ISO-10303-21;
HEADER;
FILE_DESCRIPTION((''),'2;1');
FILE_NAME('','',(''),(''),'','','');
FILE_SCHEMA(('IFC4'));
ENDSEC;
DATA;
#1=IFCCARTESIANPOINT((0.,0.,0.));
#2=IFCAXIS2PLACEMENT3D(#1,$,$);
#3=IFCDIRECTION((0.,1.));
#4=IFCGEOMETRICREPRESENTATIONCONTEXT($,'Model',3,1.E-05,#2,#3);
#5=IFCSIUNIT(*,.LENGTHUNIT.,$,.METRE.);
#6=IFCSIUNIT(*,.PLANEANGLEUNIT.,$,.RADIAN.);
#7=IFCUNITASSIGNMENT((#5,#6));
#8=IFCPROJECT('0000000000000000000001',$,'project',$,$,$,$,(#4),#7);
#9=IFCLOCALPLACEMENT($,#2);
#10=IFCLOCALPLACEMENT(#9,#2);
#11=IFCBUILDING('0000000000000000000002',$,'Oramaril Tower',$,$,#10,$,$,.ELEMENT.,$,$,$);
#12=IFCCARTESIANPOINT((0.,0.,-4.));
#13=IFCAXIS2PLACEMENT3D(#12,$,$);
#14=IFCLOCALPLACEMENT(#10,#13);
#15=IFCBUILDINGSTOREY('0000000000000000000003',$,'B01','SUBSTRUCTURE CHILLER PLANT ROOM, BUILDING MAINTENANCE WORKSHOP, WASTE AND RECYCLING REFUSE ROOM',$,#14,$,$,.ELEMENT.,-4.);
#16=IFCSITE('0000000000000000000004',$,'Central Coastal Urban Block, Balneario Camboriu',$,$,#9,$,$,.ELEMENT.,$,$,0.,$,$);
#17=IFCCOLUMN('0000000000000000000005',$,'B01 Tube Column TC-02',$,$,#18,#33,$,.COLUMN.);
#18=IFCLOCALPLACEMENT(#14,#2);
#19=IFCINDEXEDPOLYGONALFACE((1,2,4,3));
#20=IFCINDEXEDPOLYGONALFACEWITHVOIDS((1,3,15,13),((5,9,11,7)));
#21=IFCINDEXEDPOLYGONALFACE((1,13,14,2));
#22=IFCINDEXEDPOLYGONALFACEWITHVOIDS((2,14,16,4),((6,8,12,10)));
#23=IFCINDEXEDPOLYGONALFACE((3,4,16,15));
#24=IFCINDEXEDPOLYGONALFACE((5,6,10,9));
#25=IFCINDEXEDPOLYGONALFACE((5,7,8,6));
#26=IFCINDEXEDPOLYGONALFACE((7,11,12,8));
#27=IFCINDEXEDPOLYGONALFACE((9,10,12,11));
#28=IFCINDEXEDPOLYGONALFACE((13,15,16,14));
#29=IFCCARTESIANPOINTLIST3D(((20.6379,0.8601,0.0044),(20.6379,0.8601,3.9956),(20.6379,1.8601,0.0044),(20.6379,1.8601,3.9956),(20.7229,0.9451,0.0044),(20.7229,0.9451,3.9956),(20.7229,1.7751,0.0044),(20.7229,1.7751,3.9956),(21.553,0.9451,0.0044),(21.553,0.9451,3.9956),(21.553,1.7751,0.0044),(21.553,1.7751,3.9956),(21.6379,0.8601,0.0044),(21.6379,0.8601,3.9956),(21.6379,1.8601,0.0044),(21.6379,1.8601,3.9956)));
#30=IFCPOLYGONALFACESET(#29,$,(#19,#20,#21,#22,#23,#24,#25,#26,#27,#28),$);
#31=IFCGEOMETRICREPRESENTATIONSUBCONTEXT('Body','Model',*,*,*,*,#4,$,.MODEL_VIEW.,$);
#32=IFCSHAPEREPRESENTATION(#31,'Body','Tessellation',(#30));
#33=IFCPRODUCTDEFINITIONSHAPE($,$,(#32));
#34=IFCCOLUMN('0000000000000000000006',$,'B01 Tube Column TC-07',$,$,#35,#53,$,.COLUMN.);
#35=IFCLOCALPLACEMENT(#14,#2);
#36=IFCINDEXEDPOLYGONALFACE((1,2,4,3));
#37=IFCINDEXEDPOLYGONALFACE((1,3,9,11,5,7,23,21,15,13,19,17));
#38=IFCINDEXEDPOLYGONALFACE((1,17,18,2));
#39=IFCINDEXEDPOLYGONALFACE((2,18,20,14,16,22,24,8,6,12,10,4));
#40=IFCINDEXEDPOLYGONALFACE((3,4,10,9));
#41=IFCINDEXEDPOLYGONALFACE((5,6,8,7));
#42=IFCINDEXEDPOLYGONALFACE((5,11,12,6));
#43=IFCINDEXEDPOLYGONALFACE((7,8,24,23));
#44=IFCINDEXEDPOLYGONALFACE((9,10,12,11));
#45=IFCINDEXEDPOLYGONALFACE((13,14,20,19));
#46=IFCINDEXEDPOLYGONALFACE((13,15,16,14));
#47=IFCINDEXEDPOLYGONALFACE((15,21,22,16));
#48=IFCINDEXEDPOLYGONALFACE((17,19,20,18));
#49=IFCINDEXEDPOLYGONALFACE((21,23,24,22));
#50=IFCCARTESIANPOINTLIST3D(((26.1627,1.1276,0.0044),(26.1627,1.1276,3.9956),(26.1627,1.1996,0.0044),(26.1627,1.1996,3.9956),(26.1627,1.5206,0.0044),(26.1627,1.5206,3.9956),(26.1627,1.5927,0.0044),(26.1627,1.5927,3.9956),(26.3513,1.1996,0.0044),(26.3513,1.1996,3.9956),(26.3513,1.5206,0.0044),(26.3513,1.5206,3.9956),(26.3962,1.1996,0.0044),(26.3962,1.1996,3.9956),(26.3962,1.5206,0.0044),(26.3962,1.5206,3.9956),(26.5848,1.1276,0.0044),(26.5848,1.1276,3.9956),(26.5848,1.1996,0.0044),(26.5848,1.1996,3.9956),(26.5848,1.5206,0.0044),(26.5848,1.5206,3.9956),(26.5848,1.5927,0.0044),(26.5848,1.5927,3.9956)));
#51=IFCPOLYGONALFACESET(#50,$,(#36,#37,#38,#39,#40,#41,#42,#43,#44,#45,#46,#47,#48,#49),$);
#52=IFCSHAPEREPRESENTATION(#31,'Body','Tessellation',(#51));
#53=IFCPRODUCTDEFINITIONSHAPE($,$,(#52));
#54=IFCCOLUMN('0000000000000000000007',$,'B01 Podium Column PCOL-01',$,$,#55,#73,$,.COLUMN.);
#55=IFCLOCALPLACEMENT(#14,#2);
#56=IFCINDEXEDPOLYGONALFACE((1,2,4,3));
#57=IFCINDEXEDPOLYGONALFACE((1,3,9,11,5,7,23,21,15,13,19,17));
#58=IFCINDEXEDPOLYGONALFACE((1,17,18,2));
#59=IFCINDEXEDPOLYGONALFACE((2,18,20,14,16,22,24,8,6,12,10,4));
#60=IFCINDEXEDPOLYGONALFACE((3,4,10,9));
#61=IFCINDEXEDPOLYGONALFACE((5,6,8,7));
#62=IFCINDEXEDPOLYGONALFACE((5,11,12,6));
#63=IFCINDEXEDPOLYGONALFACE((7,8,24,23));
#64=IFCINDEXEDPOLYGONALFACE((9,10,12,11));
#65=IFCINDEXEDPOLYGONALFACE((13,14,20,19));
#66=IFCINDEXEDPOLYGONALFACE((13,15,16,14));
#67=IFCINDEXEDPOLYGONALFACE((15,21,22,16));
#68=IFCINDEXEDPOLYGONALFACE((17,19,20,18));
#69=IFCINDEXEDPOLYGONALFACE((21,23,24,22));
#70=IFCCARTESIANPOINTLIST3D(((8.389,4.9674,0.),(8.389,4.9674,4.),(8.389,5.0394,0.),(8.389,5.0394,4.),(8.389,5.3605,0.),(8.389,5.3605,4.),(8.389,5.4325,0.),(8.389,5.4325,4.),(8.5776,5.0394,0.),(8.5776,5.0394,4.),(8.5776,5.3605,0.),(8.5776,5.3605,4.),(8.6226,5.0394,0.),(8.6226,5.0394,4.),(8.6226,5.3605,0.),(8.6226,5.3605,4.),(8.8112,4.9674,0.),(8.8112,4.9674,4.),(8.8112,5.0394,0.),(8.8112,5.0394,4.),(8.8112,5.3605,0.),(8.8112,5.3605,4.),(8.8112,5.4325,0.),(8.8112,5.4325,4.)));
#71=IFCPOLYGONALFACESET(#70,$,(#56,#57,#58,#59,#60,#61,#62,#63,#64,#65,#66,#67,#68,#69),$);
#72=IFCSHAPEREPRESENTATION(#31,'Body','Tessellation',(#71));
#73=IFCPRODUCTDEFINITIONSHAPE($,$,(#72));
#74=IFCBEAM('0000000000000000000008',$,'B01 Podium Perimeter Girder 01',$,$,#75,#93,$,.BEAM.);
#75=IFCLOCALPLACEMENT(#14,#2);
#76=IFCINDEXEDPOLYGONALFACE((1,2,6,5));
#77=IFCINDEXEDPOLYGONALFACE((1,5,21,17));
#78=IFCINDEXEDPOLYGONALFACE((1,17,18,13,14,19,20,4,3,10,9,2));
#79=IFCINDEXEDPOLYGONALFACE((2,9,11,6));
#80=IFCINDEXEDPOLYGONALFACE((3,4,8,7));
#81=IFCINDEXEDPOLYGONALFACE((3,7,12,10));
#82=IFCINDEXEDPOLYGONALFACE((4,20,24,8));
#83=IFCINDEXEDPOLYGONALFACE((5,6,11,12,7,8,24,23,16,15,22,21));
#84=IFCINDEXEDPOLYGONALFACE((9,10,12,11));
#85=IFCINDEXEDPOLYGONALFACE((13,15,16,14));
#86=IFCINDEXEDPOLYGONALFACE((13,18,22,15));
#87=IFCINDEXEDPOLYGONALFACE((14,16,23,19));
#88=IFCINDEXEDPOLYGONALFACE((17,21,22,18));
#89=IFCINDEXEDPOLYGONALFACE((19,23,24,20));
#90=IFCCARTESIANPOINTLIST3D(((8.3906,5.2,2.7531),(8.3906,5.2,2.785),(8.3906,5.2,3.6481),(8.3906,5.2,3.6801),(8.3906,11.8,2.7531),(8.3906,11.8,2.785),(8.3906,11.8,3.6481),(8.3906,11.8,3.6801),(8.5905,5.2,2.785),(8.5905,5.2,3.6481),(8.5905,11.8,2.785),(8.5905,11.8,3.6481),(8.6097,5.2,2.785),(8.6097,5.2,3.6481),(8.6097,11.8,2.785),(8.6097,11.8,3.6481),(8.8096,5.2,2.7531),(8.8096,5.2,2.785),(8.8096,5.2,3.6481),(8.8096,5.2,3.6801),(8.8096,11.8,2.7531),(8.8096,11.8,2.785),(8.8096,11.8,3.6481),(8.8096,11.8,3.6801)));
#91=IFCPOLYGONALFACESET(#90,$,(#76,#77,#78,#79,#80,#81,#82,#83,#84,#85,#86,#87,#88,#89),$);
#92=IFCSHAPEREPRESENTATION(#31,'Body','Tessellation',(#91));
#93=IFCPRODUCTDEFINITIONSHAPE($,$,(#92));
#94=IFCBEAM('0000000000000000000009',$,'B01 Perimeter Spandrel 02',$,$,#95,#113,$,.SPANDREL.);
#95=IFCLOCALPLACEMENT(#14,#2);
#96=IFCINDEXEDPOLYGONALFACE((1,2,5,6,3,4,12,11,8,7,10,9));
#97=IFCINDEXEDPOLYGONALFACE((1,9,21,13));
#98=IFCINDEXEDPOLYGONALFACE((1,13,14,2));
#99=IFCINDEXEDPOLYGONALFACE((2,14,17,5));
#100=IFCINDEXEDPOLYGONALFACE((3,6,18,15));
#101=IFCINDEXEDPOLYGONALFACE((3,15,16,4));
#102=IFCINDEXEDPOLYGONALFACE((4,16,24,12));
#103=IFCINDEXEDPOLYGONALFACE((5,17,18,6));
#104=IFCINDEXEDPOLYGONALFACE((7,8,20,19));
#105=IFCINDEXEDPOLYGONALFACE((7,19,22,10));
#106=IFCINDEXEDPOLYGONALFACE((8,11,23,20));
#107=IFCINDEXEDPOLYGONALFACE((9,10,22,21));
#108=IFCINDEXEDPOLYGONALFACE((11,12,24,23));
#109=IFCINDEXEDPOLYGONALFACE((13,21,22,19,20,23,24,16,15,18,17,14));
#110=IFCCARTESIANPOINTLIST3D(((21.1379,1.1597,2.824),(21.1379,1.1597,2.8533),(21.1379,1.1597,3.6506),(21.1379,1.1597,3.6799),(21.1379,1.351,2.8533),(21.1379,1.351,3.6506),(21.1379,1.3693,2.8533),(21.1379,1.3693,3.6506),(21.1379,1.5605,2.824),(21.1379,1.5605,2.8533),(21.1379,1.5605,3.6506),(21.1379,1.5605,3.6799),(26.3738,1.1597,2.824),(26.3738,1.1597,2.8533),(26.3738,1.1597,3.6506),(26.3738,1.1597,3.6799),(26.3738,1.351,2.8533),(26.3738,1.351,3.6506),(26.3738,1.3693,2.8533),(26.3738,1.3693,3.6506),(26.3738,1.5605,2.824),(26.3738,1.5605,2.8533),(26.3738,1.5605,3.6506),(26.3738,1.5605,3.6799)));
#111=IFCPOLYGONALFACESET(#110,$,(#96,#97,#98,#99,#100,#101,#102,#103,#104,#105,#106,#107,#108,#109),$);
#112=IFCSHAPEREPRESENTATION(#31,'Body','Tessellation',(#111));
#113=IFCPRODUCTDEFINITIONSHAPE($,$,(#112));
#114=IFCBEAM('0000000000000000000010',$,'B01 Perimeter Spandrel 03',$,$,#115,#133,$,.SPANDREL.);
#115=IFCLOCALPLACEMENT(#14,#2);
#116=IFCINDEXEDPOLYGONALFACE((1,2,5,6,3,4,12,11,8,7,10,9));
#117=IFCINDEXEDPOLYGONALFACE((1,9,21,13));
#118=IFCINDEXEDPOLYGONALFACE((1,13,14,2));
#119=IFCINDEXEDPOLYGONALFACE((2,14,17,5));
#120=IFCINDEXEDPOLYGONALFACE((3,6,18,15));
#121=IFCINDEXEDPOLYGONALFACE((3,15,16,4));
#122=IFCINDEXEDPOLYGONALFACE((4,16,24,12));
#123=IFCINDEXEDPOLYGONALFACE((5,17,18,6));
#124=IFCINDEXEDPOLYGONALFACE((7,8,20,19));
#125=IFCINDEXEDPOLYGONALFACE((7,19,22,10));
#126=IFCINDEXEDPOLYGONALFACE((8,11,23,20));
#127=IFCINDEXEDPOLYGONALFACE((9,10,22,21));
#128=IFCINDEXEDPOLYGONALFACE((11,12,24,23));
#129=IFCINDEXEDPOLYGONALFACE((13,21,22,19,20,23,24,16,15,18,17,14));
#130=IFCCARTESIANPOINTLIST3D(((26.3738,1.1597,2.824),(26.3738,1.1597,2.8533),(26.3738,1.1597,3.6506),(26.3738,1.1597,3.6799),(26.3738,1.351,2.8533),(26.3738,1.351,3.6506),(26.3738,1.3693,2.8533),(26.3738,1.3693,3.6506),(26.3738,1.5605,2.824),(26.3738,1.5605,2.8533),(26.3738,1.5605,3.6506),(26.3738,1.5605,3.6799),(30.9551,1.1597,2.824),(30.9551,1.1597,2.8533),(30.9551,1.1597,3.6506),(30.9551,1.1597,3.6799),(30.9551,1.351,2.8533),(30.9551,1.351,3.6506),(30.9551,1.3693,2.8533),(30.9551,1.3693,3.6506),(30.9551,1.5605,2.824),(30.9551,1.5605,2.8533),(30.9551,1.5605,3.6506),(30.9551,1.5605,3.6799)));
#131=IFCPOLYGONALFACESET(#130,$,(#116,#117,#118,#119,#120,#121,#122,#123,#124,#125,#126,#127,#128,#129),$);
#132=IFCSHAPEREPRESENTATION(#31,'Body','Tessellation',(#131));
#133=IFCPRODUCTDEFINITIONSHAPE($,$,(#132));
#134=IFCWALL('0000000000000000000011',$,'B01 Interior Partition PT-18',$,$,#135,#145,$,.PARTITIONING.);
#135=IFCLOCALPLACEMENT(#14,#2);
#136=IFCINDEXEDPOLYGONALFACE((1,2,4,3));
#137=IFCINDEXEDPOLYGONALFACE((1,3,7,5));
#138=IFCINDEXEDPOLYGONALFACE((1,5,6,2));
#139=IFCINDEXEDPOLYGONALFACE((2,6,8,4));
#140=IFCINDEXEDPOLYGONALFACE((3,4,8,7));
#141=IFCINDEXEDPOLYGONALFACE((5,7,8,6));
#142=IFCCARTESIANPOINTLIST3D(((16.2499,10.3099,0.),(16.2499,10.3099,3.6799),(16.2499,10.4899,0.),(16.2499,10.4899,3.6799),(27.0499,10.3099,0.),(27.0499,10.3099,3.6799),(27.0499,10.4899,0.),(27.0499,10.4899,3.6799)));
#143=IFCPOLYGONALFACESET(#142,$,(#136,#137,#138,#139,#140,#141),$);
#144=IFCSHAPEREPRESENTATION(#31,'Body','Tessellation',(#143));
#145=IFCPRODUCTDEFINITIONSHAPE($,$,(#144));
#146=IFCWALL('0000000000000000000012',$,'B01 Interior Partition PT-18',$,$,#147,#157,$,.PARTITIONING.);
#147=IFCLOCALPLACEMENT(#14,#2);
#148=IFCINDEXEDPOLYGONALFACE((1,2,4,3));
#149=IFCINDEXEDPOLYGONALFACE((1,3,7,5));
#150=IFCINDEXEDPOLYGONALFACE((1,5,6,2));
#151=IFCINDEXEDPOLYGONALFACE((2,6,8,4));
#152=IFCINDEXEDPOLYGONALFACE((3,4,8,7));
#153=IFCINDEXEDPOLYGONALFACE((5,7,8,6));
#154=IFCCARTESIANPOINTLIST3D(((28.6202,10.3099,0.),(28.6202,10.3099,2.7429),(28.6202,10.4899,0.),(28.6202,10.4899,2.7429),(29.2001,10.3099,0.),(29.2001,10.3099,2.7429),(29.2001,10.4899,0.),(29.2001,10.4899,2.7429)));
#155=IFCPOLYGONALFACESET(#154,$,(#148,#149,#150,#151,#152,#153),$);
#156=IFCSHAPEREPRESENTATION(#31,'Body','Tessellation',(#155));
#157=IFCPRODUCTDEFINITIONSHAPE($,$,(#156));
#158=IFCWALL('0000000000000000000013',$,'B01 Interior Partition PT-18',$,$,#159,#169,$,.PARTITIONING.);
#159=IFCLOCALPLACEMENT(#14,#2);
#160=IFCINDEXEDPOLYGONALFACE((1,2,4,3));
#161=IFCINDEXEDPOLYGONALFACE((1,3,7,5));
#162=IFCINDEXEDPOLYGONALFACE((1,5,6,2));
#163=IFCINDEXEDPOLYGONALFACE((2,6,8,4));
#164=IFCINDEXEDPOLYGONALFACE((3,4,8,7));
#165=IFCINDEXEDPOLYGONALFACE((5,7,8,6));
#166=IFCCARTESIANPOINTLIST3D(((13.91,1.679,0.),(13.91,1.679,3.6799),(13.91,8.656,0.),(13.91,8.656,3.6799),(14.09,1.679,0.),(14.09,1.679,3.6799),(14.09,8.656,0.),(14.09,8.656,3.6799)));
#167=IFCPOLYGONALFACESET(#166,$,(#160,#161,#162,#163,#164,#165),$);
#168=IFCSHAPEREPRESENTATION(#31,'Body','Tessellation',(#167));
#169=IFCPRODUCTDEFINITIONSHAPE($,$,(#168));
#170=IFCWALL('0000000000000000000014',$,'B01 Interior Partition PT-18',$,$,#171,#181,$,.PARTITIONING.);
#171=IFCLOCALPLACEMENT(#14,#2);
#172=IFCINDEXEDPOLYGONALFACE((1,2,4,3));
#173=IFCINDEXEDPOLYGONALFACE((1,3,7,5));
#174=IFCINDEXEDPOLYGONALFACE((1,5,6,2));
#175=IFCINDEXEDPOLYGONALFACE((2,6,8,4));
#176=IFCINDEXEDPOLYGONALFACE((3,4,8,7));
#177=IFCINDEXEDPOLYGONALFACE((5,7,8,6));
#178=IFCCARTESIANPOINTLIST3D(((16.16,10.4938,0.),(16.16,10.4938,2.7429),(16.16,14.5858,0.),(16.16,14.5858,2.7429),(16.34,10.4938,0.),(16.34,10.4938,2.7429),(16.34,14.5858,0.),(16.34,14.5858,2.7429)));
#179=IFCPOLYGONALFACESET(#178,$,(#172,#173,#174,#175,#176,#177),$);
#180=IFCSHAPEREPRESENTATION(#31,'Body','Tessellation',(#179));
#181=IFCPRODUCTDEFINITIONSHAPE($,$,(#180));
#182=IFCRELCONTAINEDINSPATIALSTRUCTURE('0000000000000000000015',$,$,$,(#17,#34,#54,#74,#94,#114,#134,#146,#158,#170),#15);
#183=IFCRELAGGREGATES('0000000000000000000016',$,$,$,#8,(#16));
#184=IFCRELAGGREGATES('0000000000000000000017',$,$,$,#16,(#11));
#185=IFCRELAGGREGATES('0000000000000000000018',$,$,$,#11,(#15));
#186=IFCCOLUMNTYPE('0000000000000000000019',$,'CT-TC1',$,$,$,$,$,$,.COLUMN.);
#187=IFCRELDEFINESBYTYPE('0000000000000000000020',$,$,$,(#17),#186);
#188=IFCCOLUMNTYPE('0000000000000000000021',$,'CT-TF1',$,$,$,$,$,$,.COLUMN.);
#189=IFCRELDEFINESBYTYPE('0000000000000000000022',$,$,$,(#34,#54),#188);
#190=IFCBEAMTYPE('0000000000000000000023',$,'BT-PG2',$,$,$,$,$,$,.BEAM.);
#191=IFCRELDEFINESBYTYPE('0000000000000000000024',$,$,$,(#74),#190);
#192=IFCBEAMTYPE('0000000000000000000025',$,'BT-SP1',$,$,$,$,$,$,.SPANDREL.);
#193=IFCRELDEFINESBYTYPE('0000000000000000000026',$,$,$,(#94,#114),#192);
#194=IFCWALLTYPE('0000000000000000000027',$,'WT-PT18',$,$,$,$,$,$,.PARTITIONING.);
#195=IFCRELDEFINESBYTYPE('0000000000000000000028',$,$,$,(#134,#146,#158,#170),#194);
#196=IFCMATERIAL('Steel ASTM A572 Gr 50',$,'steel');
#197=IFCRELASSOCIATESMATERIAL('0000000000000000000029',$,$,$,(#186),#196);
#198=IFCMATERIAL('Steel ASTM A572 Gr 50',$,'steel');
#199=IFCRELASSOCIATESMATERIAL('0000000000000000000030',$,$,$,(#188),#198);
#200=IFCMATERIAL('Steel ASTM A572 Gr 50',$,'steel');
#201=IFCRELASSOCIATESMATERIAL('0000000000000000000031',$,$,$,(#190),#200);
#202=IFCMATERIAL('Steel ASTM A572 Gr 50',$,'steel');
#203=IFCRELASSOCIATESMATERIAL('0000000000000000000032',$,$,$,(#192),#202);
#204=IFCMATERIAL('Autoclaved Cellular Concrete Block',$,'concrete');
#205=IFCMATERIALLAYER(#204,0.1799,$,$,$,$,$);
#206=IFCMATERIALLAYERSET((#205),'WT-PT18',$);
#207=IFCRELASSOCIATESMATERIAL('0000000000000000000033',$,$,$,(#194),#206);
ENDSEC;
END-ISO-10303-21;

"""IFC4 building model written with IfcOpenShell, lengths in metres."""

from ifc_helpers import new_model, si_unit, direction, frame, frame_2d, origin, origin_2d, place, context, subcontext, project, spatial, rectangle, hollow_rectangle, i_section, extrude, material, layer, layer_set, material_profile, profile_set, type_object, element, save


model = new_model("IFC4")

# Units and contexts
model_context = context("Model", 3, precision=1e-05, world=origin(), true_north=direction((0.0, 1.0)))
body_context = subcontext(model_context, "Body", "Model", "MODEL_VIEW")
ifc_project = project(units=[si_unit("LENGTHUNIT", "METRE"), si_unit("PLANEANGLEUNIT", "RADIAN")], contexts=[model_context])

# Site, building, storey
site_placement = place(None, origin())
site = spatial("IfcSite", under=ifc_project, at=site_placement, Name="Central Coastal Urban Block, Balneario Camboriu", CompositionType="ELEMENT", RefElevation=0.0)
building_placement = place(site_placement, origin())
building = spatial("IfcBuilding", under=site, at=building_placement, Name="Oramaril Tower", CompositionType="ELEMENT")
storey_placement = place(building_placement, frame((0.0, 0.0, -4.0)))
storey = spatial("IfcBuildingStorey", under=building, at=storey_placement, Name="B01", Description="SUBSTRUCTURE CHILLER PLANT ROOM, BUILDING MAINTENANCE WORKSHOP, WASTE AND RECYCLING REFUSE ROOM", CompositionType="ELEMENT", Elevation=-4.0)

# Columns
ifc_material_1 = material(Name="Steel ASTM A572 Gr 50", Category="steel")
ifc_material_profile_1 = material_profile(ifc_material_1, hollow_rectangle(XDim=1.0, YDim=1.0, WallThickness=0.085, at=origin_2d()), Name="BOX1000X1000X85")
ifc_profile_set_1 = profile_set([ifc_material_profile_1], Name="Steel ASTM A572 Gr 50")
column_type_1 = type_object("IfcColumnType", Name="CT-TC1", PredefinedType="COLUMN", material=ifc_profile_set_1)
column_1_placement = place(storey_placement, frame((21.1379, 1.3601, 0.0044), z_axis=(0.0, 0.0, 1.0), x_axis=(1.0, 0.0, 0.0)))
element("IfcColumn", 1, at=column_1_placement, inside=storey, type_object=column_type_1, Name="B01 Tube Column TC-02", PredefinedType="COLUMN", context=body_context, shape_type="SweptSolid", body=[
    extrude(hollow_rectangle(XDim=1.0, YDim=1.0, WallThickness=0.085, at=origin_2d()), origin(), (0.0, 0.0, 1.0), 3.9912),
])
ifc_material_2 = material(Name="Steel ASTM A572 Gr 50", Category="steel")
ifc_material_profile_2 = material_profile(ifc_material_2, i_section(OverallWidth=0.4221, OverallDepth=0.4651, WebThickness=0.0449, FlangeThickness=0.072, at=origin_2d()), Name="W14X398")
ifc_profile_set_2 = profile_set([ifc_material_profile_2], Name="Steel ASTM A572 Gr 50")
column_type_2 = type_object("IfcColumnType", Name="CT-TF1", PredefinedType="COLUMN", material=ifc_profile_set_2)
column_2_placement = place(storey_placement, frame((26.3738, 1.3601, 0.0044), z_axis=(0.0, 0.0, 1.0), x_axis=(1.0, 0.0, 0.0)))
element("IfcColumn", 2, at=column_2_placement, inside=storey, type_object=column_type_2, Name="B01 Tube Column TC-07", PredefinedType="COLUMN", context=body_context, shape_type="SweptSolid", body=[
    extrude(i_section(OverallWidth=0.4221, OverallDepth=0.4651, WebThickness=0.0449, FlangeThickness=0.072, at=origin_2d()), origin(), (0.0, 0.0, 1.0), 3.9912),
])
column_3_placement = place(storey_placement, frame((8.6001, 5.2, 0.0), z_axis=(0.0, 0.0, 1.0), x_axis=(1.0, 0.0, 0.0)))
element("IfcColumn", 3, at=column_3_placement, inside=storey, type_object=column_type_2, Name="B01 Podium Column PCOL-01", PredefinedType="COLUMN", context=body_context, shape_type="SweptSolid", body=[
    extrude(i_section(OverallWidth=0.4221, OverallDepth=0.4651, WebThickness=0.0449, FlangeThickness=0.072, at=origin_2d()), origin(), (0.0, 0.0, 1.0), 4.0),
])

# Beams
ifc_material_3 = material(Name="Steel ASTM A572 Gr 50", Category="steel")
ifc_material_profile_3 = material_profile(ifc_material_3, i_section(OverallWidth=0.4189, OverallDepth=0.927, WebThickness=0.0193, FlangeThickness=0.032, at=origin_2d()), Name="W36X231")
ifc_profile_set_3 = profile_set([ifc_material_profile_3], Name="Steel ASTM A572 Gr 50")
beam_type_1 = type_object("IfcBeamType", Name="BT-PG2", PredefinedType="BEAM", material=ifc_profile_set_3)
beam_1_placement = place(storey_placement, frame((8.6001, 5.2, 3.2166), z_axis=(0.0, 1.0, 0.0), x_axis=(-1.0, 0.0, 0.0)))
element("IfcBeam", 4, at=beam_1_placement, inside=storey, type_object=beam_type_1, Name="B01 Podium Perimeter Girder 01", PredefinedType="BEAM", context=body_context, shape_type="SweptSolid", body=[
    extrude(i_section(OverallWidth=0.4189, OverallDepth=0.927, WebThickness=0.0193, FlangeThickness=0.032, at=origin_2d()), origin(), (0.0, 0.0, 1.0), 6.6001),
])
ifc_material_4 = material(Name="Steel ASTM A572 Gr 50", Category="steel")
ifc_material_profile_4 = material_profile(ifc_material_4, i_section(OverallWidth=0.4009, OverallDepth=0.856, WebThickness=0.0183, FlangeThickness=0.0293, at=origin_2d()), Name="W33X201")
ifc_profile_set_4 = profile_set([ifc_material_profile_4], Name="Steel ASTM A572 Gr 50")
beam_type_2 = type_object("IfcBeamType", Name="BT-SP1", PredefinedType="SPANDREL", material=ifc_profile_set_4)
beam_2_placement = place(storey_placement, frame((21.1379, 1.3601, 3.252), z_axis=(1.0, 0.0, 0.0), x_axis=(0.0, 1.0, 0.0)))
element("IfcBeam", 5, at=beam_2_placement, inside=storey, type_object=beam_type_2, Name="B01 Perimeter Spandrel 02", PredefinedType="SPANDREL", context=body_context, shape_type="SweptSolid", body=[
    extrude(i_section(OverallWidth=0.4009, OverallDepth=0.856, WebThickness=0.0183, FlangeThickness=0.0293, at=origin_2d()), origin(), (0.0, 0.0, 1.0), 5.2358),
])
beam_3_placement = place(storey_placement, frame((26.3738, 1.3601, 3.252), z_axis=(1.0, 0.0, 0.0), x_axis=(0.0, 1.0, 0.0)))
element("IfcBeam", 6, at=beam_3_placement, inside=storey, type_object=beam_type_2, Name="B01 Perimeter Spandrel 03", PredefinedType="SPANDREL", context=body_context, shape_type="SweptSolid", body=[
    extrude(i_section(OverallWidth=0.4009, OverallDepth=0.856, WebThickness=0.0183, FlangeThickness=0.0293, at=origin_2d()), origin(), (0.0, 0.0, 1.0), 4.5813),
])

# Shared definitions
ifc_material_5 = material(Name="Autoclaved Cellular Concrete Block", Category="concrete")
ifc_layer_1 = layer(ifc_material_5, 0.1799)
ifc_layer_set_1 = layer_set([ifc_layer_1], Name="WT-PT18")
wall_type_1 = type_object("IfcWallType", Name="WT-PT18", PredefinedType="PARTITIONING", material=ifc_layer_set_1)

# Walls
wall_1_placement = place(storey_placement, frame((16.25, 10.3999, 0.0), z_axis=(0.0, 0.0, 1.0), x_axis=(1.0, 0.0, 0.0)))
element("IfcWall", 7, at=wall_1_placement, inside=storey, type_object=wall_type_1, Name="B01 Interior Partition PT-18", PredefinedType="PARTITIONING", context=body_context, shape_type="SweptSolid", body=[
    extrude(rectangle(XDim=10.8, YDim=0.1799, at=frame_2d((5.3999, 0.0))), origin(), (0.0, 0.0, 1.0), 3.6799),
])
wall_2_placement = place(storey_placement, frame((28.6201, 10.3999, 0.0), z_axis=(0.0, 0.0, 1.0), x_axis=(1.0, 0.0, 0.0)))
element("IfcWall", 8, at=wall_2_placement, inside=storey, type_object=wall_type_1, Name="B01 Interior Partition PT-18", PredefinedType="PARTITIONING", context=body_context, shape_type="SweptSolid", body=[
    extrude(rectangle(XDim=0.5798, YDim=0.1799, at=frame_2d((0.29, 0.0))), origin(), (0.0, 0.0, 1.0), 2.7429),
])
wall_3_placement = place(storey_placement, frame((14.0, 1.679, 0.0), z_axis=(0.0, 0.0, 1.0), x_axis=(0.0, 1.0, 0.0)))
element("IfcWall", 9, at=wall_3_placement, inside=storey, type_object=wall_type_1, Name="B01 Interior Partition PT-18", PredefinedType="PARTITIONING", context=body_context, shape_type="SweptSolid", body=[
    extrude(rectangle(XDim=6.9771, YDim=0.1799, at=frame_2d((3.4885, 0.0))), origin(), (0.0, 0.0, 1.0), 3.6799),
])
wall_4_placement = place(storey_placement, frame((16.25, 10.4939, 0.0), z_axis=(0.0, 0.0, 1.0), x_axis=(0.0, 1.0, 0.0)))
element("IfcWall", 10, at=wall_4_placement, inside=storey, type_object=wall_type_1, Name="B01 Interior Partition PT-18", PredefinedType="PARTITIONING", context=body_context, shape_type="SweptSolid", body=[
    extrude(rectangle(XDim=4.092, YDim=0.1799, at=frame_2d((2.0459, 0.0))), origin(), (0.0, 0.0, 1.0), 2.7429),
])

save(model, "model.ifc")
